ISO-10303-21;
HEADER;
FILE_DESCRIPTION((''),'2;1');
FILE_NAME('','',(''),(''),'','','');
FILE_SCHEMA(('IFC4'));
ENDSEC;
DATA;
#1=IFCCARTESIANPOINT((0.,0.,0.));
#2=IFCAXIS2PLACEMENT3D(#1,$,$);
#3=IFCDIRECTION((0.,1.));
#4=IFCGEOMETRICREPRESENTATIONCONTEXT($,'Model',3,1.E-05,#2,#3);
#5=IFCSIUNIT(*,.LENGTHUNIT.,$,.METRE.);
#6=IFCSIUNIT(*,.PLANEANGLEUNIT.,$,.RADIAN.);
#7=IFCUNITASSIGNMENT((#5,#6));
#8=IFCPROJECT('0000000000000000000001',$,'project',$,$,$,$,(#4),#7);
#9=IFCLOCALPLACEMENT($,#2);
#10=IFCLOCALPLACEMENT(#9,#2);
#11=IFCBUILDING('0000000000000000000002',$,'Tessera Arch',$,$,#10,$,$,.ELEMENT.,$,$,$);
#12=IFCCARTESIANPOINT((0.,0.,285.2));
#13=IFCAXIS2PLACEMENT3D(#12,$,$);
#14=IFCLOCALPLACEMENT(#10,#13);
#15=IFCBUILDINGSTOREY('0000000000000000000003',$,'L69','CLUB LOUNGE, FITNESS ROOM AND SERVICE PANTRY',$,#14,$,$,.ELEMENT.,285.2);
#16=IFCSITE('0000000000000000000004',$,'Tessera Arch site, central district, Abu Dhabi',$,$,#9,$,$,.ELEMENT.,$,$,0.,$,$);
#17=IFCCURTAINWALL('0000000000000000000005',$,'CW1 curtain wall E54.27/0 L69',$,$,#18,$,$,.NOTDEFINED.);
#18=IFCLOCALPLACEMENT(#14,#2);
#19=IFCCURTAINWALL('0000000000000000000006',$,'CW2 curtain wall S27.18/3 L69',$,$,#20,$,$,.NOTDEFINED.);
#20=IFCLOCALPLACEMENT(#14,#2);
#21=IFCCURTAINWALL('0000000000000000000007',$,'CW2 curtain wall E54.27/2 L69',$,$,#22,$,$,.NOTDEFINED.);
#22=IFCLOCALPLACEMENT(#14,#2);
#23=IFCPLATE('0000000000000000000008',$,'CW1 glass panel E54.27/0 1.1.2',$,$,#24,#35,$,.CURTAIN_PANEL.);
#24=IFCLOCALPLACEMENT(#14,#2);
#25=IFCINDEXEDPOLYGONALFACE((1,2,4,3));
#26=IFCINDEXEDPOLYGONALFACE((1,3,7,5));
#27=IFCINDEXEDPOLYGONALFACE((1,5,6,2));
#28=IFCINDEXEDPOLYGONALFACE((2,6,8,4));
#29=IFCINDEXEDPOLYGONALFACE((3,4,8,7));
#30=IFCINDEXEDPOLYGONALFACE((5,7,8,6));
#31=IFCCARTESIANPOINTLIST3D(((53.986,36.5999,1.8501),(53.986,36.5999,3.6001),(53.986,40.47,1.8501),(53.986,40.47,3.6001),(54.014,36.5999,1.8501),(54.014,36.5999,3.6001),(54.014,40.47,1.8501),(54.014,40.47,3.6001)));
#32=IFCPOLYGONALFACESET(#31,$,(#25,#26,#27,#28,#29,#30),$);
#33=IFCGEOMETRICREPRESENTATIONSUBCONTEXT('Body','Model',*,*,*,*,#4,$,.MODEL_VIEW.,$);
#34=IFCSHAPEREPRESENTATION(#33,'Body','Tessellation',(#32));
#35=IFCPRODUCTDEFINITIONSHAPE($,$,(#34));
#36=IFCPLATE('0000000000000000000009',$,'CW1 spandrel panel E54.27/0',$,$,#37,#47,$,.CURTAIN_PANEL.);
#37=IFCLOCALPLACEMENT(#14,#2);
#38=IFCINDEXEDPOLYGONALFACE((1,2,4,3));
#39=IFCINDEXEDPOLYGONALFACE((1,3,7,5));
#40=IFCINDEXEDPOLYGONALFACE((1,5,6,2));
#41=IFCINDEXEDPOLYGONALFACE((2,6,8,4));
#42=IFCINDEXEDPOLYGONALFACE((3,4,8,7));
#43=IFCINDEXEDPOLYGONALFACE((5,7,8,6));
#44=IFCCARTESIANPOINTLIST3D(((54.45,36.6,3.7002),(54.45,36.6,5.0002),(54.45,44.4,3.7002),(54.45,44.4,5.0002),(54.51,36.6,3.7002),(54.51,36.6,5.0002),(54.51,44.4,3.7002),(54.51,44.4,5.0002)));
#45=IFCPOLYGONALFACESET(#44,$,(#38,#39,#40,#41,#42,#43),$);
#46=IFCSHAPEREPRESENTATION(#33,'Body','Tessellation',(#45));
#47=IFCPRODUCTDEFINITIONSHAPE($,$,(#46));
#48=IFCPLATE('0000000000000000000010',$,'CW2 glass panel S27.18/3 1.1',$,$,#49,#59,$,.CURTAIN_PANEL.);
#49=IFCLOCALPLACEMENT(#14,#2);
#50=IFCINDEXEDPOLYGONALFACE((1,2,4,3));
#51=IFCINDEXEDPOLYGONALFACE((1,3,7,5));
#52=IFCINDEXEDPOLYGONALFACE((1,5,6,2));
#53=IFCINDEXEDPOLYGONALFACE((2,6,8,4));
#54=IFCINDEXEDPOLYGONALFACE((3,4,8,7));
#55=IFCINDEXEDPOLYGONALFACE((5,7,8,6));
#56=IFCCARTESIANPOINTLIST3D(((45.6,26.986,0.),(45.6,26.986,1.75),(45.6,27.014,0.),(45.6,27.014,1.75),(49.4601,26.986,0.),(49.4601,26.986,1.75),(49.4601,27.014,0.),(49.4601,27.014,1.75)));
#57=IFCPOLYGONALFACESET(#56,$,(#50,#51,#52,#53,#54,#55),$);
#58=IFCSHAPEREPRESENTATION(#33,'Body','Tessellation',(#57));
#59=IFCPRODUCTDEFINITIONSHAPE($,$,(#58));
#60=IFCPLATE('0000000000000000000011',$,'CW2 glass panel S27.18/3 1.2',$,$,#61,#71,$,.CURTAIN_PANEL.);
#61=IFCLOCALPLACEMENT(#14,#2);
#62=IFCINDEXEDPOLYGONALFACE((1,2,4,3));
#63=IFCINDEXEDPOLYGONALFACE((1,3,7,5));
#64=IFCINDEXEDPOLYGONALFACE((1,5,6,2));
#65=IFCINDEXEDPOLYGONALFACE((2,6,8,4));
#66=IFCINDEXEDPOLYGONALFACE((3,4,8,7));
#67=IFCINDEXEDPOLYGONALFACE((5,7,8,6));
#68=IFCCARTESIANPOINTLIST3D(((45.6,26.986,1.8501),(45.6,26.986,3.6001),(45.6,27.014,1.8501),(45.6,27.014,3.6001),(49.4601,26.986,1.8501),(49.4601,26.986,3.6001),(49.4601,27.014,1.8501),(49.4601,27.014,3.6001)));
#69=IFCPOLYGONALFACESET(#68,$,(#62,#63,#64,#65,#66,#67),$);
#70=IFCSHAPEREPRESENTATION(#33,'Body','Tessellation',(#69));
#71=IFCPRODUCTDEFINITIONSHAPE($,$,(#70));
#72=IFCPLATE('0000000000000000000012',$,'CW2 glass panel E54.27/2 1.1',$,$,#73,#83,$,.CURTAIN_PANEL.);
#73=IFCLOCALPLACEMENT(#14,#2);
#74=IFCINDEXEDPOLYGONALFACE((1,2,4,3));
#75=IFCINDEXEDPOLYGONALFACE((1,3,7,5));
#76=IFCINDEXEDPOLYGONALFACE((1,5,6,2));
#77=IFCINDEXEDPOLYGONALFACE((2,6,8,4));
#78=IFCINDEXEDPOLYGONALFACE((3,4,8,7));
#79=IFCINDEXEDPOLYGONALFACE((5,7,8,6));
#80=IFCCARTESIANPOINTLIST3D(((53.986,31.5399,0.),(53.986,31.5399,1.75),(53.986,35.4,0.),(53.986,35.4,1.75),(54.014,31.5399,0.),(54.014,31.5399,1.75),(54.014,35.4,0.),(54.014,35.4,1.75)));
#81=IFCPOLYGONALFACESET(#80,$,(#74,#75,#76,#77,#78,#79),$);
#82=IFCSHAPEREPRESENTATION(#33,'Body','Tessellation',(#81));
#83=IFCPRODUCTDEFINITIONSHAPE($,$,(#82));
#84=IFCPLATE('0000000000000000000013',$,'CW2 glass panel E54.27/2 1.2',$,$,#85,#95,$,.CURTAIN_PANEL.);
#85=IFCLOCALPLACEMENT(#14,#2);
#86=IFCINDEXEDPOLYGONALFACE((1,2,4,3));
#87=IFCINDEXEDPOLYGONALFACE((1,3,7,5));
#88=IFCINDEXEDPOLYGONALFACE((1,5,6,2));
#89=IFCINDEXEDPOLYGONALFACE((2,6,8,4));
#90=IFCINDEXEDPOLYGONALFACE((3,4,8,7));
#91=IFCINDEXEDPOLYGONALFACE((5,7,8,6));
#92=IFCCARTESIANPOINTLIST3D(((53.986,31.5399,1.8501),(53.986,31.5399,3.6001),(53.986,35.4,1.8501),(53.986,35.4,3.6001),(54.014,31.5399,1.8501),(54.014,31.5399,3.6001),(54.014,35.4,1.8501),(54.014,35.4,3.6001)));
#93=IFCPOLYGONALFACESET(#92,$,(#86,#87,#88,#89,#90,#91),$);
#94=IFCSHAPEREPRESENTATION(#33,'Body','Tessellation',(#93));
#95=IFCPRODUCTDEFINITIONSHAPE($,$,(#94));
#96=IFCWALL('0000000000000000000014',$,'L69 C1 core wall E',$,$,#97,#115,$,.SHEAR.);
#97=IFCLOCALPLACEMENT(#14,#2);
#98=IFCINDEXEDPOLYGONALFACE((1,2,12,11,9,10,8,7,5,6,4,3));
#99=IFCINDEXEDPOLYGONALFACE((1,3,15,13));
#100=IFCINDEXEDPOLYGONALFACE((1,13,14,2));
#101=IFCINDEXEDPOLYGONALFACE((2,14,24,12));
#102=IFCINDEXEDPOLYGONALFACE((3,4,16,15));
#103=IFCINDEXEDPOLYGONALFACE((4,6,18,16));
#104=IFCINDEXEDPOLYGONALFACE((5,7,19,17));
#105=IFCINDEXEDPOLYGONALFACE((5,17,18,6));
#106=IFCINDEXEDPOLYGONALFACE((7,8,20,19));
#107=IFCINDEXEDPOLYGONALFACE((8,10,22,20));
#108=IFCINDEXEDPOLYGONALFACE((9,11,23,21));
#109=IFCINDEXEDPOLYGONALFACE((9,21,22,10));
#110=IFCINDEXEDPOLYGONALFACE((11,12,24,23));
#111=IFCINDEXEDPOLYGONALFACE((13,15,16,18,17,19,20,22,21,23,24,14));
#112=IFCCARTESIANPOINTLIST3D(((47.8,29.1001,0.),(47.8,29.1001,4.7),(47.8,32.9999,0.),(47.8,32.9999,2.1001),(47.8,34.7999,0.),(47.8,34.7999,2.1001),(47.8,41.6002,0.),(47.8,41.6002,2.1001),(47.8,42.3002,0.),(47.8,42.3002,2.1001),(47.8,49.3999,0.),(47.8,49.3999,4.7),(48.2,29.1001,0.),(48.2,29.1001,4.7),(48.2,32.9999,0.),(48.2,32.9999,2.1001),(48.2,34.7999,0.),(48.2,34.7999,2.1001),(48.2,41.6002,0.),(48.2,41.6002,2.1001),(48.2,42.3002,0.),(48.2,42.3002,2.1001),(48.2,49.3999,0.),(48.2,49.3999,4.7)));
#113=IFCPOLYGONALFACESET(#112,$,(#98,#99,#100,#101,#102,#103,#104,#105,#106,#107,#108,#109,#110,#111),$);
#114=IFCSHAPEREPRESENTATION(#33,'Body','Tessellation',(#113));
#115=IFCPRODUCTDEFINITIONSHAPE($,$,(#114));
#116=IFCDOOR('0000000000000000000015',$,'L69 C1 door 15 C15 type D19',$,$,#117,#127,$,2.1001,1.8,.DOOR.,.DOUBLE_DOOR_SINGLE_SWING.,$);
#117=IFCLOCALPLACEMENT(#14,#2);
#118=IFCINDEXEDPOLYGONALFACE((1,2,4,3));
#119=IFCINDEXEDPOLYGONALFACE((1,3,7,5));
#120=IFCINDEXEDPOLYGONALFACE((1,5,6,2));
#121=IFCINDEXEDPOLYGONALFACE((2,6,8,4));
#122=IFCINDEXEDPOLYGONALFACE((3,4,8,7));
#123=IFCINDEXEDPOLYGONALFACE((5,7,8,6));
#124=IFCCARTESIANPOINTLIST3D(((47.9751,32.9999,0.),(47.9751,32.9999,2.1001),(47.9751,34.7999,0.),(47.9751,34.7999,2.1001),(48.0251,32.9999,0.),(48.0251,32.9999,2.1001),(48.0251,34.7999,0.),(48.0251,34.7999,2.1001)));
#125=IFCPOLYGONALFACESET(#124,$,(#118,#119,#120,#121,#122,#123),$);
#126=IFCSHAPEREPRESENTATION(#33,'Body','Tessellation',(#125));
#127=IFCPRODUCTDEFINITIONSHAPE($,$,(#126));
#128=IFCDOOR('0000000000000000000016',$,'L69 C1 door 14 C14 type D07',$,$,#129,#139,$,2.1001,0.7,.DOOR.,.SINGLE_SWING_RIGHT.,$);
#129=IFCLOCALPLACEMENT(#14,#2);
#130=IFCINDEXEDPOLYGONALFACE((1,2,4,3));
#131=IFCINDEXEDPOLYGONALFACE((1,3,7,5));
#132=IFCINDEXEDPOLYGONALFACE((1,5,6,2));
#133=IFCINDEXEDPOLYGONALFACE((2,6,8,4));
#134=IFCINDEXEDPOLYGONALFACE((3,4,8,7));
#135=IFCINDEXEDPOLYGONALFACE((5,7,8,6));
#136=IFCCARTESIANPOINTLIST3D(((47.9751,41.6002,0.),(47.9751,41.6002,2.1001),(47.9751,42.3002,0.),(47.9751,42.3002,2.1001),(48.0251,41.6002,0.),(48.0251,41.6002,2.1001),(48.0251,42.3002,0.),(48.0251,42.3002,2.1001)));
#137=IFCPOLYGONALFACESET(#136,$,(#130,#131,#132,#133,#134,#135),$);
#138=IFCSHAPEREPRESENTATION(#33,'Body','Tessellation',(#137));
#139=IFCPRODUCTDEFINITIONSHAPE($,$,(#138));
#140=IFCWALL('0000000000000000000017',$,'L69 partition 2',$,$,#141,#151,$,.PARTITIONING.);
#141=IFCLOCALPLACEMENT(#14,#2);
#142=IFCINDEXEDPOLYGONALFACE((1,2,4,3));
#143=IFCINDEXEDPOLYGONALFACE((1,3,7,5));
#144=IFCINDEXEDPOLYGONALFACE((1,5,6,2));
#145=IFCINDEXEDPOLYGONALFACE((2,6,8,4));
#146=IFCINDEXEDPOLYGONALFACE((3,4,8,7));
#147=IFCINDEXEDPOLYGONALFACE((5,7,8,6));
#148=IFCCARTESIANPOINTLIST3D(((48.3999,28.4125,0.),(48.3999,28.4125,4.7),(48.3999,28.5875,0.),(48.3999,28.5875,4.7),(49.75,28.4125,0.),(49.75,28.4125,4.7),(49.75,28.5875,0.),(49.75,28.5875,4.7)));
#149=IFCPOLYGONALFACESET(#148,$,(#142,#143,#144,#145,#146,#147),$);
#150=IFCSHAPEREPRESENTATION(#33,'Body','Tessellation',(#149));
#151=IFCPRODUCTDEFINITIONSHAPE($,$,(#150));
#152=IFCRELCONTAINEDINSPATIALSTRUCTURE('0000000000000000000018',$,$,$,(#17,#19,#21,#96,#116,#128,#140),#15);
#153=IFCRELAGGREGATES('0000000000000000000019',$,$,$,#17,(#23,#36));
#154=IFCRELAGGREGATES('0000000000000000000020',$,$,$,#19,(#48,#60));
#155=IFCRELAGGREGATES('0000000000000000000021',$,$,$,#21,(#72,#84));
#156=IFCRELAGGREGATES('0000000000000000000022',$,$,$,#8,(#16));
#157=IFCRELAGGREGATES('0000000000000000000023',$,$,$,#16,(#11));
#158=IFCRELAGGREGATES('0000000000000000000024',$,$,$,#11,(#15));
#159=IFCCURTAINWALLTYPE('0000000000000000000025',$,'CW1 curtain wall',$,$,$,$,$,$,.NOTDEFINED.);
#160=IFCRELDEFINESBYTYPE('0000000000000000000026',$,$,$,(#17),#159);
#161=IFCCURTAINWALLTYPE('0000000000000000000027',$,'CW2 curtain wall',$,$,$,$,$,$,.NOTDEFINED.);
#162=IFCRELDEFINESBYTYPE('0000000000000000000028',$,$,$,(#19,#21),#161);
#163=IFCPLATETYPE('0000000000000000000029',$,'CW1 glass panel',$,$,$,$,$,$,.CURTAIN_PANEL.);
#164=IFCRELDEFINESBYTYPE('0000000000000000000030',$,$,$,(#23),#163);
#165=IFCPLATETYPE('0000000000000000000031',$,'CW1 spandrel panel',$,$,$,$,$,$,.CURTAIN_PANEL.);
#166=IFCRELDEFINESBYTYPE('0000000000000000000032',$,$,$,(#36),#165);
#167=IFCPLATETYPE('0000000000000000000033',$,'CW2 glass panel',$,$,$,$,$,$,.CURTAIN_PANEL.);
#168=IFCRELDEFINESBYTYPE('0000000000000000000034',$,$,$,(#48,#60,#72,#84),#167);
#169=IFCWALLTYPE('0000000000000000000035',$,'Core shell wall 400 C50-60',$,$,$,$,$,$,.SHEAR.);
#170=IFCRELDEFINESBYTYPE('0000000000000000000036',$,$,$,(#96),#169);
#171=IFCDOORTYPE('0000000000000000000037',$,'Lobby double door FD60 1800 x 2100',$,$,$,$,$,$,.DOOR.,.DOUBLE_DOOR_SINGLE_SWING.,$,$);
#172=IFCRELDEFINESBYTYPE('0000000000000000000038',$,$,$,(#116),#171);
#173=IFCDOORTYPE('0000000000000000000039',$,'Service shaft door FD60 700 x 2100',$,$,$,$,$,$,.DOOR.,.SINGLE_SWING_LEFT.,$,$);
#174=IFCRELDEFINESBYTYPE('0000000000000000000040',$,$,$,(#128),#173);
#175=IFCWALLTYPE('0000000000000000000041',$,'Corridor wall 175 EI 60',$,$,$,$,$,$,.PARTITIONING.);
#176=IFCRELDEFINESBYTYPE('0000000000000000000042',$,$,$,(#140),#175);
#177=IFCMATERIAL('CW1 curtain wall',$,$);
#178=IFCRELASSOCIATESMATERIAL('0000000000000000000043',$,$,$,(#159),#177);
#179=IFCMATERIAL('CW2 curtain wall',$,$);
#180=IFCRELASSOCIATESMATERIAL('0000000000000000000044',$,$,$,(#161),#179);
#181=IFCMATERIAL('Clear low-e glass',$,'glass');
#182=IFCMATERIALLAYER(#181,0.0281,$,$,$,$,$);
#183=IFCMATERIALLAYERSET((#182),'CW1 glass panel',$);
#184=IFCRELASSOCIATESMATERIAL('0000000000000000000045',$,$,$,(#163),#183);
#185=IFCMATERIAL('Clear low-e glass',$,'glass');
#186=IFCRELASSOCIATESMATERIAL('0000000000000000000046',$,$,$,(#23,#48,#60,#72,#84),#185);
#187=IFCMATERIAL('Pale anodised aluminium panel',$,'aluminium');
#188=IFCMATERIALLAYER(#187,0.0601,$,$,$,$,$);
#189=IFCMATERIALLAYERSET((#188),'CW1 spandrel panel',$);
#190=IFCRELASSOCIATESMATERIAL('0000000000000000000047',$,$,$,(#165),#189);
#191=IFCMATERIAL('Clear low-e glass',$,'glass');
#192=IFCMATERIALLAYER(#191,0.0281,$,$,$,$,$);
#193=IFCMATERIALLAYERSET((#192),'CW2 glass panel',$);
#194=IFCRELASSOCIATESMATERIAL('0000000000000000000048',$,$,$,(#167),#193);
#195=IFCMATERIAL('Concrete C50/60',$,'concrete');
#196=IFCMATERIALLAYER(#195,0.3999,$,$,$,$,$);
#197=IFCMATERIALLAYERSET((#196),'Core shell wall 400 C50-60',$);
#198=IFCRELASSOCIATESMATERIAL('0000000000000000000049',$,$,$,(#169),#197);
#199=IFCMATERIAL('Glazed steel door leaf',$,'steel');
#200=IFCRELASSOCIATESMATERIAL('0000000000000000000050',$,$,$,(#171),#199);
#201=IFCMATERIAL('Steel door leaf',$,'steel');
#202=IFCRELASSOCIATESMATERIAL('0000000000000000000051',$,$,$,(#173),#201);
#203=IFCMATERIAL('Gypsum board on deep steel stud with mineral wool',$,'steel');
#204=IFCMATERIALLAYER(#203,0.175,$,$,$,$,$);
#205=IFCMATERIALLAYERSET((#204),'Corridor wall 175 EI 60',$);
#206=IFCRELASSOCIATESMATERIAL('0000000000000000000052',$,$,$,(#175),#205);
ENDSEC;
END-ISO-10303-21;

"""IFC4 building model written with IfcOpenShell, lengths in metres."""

from ifc_helpers import new_model, si_unit, direction, frame, frame_2d, origin, origin_2d, place, context, subcontext, project, spatial, rectangle, extrude, material, layer, layer_set, type_object, element, fill, aggregate, save


model = new_model("IFC4")

# Units and contexts
model_context = context("Model", 3, precision=1e-05, world=origin(), true_north=direction((0.0, 1.0)))
body_context = subcontext(model_context, "Body", "Model", "MODEL_VIEW")
ifc_project = project(units=[si_unit("LENGTHUNIT", "METRE"), si_unit("PLANEANGLEUNIT", "RADIAN")], contexts=[model_context])

# Site, building, storey
site_placement = place(None, origin())
site = spatial("IfcSite", under=ifc_project, at=site_placement, Name="Tessera Arch site, central district, Abu Dhabi", CompositionType="ELEMENT", RefElevation=0.0)
building_placement = place(site_placement, origin())
building = spatial("IfcBuilding", under=site, at=building_placement, Name="Tessera Arch", CompositionType="ELEMENT")
storey_placement = place(building_placement, frame((0.0, 0.0, 285.2)))
storey = spatial("IfcBuildingStorey", under=building, at=storey_placement, Name="L69", Description="CLUB LOUNGE, FITNESS ROOM AND SERVICE PANTRY", CompositionType="ELEMENT", Elevation=285.2)

# Curtain wall
ifc_material_1 = material(Name="CW1 curtain wall")
curtain_wall_type_1 = type_object("IfcCurtainWallType", Name="CW1 curtain wall", PredefinedType="NOTDEFINED", material=ifc_material_1)
curtain_wall_1_placement = place(storey_placement, origin())
curtain_wall_1 = element("IfcCurtainWall", 1, at=curtain_wall_1_placement, inside=storey, type_object=curtain_wall_type_1, Name="CW1 curtain wall E54.27/0 L69", PredefinedType="NOTDEFINED")

# Curtain walls
ifc_material_2 = material(Name="CW2 curtain wall")
curtain_wall_type_2 = type_object("IfcCurtainWallType", Name="CW2 curtain wall", PredefinedType="NOTDEFINED", material=ifc_material_2)
curtain_wall_2_placement = place(storey_placement, origin())
curtain_wall_2 = element("IfcCurtainWall", 2, at=curtain_wall_2_placement, inside=storey, type_object=curtain_wall_type_2, Name="CW2 curtain wall S27.18/3 L69", PredefinedType="NOTDEFINED")
curtain_wall_3_placement = place(storey_placement, origin())
curtain_wall_3 = element("IfcCurtainWall", 3, at=curtain_wall_3_placement, inside=storey, type_object=curtain_wall_type_2, Name="CW2 curtain wall E54.27/2 L69", PredefinedType="NOTDEFINED")

# Plates
ifc_material_3 = material(Name="Clear low-e glass", Category="glass")
ifc_material_4 = material(Name="Clear low-e glass", Category="glass")
ifc_layer_1 = layer(ifc_material_4, 0.0281)
ifc_layer_set_1 = layer_set([ifc_layer_1], Name="CW1 glass panel")
plate_type_1 = type_object("IfcPlateType", Name="CW1 glass panel", PredefinedType="CURTAIN_PANEL", material=ifc_layer_set_1)
plate_1_placement = place(storey_placement, frame((54.0, 38.5349, 1.8501), z_axis=(0.0, 0.0, 1.0), x_axis=(0.0, 1.0, 0.0)))
plate_1 = element("IfcPlate", 4, at=plate_1_placement, type_object=plate_type_1, material=ifc_material_3, Name="CW1 glass panel E54.27/0 1.1.2", PredefinedType="CURTAIN_PANEL", context=body_context, shape_type="SweptSolid", body=[
    extrude(rectangle(XDim=3.8701, YDim=0.0281, at=origin_2d()), origin(), (0.0, 0.0, 1.0), 1.75),
])
ifc_material_5 = material(Name="Pale anodised aluminium panel", Category="aluminium")
ifc_layer_2 = layer(ifc_material_5, 0.0601)
ifc_layer_set_2 = layer_set([ifc_layer_2], Name="CW1 spandrel panel")
plate_type_2 = type_object("IfcPlateType", Name="CW1 spandrel panel", PredefinedType="CURTAIN_PANEL", material=ifc_layer_set_2)
plate_2_placement = place(storey_placement, frame((54.48, 40.5, 3.7002), z_axis=(0.0, 0.0, 1.0), x_axis=(0.0, 1.0, 0.0)))
plate_2 = element("IfcPlate", 5, at=plate_2_placement, type_object=plate_type_2, Name="CW1 spandrel panel E54.27/0", PredefinedType="CURTAIN_PANEL", context=body_context, shape_type="SweptSolid", body=[
    extrude(rectangle(XDim=7.8, YDim=0.0601, at=origin_2d()), origin(), (0.0, 0.0, 1.0), 1.3),
])
aggregate(curtain_wall_1, [plate_1, plate_2])
ifc_material_6 = material(Name="Clear low-e glass", Category="glass")
ifc_layer_3 = layer(ifc_material_6, 0.0281)
ifc_layer_set_3 = layer_set([ifc_layer_3], Name="CW2 glass panel")
plate_type_3 = type_object("IfcPlateType", Name="CW2 glass panel", PredefinedType="CURTAIN_PANEL", material=ifc_layer_set_3)
plate_3_placement = place(storey_placement, frame((47.53, 27.0, 0.0), z_axis=(0.0, 0.0, 1.0), x_axis=(1.0, 0.0, 0.0)))
plate_3 = element("IfcPlate", 6, at=plate_3_placement, type_object=plate_type_3, material=ifc_material_3, Name="CW2 glass panel S27.18/3 1.1", PredefinedType="CURTAIN_PANEL", context=body_context, shape_type="SweptSolid", body=[
    extrude(rectangle(XDim=3.8601, YDim=0.0281, at=origin_2d()), origin(), (0.0, 0.0, 1.0), 1.75),
])
plate_4_placement = place(storey_placement, frame((47.53, 27.0, 1.8501), z_axis=(0.0, 0.0, 1.0), x_axis=(1.0, 0.0, 0.0)))
plate_4 = element("IfcPlate", 7, at=plate_4_placement, type_object=plate_type_3, material=ifc_material_3, Name="CW2 glass panel S27.18/3 1.2", PredefinedType="CURTAIN_PANEL", context=body_context, shape_type="SweptSolid", body=[
    extrude(rectangle(XDim=3.8601, YDim=0.0281, at=origin_2d()), origin(), (0.0, 0.0, 1.0), 1.75),
])
aggregate(curtain_wall_2, [plate_3, plate_4])
plate_5_placement = place(storey_placement, frame((54.0, 33.47, 0.0), z_axis=(0.0, 0.0, 1.0), x_axis=(0.0, 1.0, 0.0)))
plate_5 = element("IfcPlate", 8, at=plate_5_placement, type_object=plate_type_3, material=ifc_material_3, Name="CW2 glass panel E54.27/2 1.1", PredefinedType="CURTAIN_PANEL", context=body_context, shape_type="SweptSolid", body=[
    extrude(rectangle(XDim=3.8601, YDim=0.0281, at=origin_2d()), origin(), (0.0, 0.0, 1.0), 1.75),
])
plate_6_placement = place(storey_placement, frame((54.0, 33.47, 1.8501), z_axis=(0.0, 0.0, 1.0), x_axis=(0.0, 1.0, 0.0)))
plate_6 = element("IfcPlate", 9, at=plate_6_placement, type_object=plate_type_3, material=ifc_material_3, Name="CW2 glass panel E54.27/2 1.2", PredefinedType="CURTAIN_PANEL", context=body_context, shape_type="SweptSolid", body=[
    extrude(rectangle(XDim=3.8601, YDim=0.0281, at=origin_2d()), origin(), (0.0, 0.0, 1.0), 1.75),
])
aggregate(curtain_wall_3, [plate_5, plate_6])

# Wall, openings, doors
ifc_material_7 = material(Name="Concrete C50/60", Category="concrete")
ifc_layer_4 = layer(ifc_material_7, 0.3999)
ifc_layer_set_4 = layer_set([ifc_layer_4], Name="Core shell wall 400 C50-60")
wall_type_1 = type_object("IfcWallType", Name="Core shell wall 400 C50-60", PredefinedType="SHEAR", material=ifc_layer_set_4)
wall_1_placement = place(storey_placement, frame((48.0, 29.1001, 0.0), z_axis=(0.0, 0.0, 1.0), x_axis=(0.0, 1.0, 0.0)))
wall_1 = element("IfcWall", 10, at=wall_1_placement, inside=storey, type_object=wall_type_1, Name="L69 C1 core wall E", PredefinedType="SHEAR", context=body_context, shape_type="SweptSolid", body=[
    extrude(rectangle(XDim=20.2998, YDim=0.3999, at=frame_2d((10.1499, 0.0))), origin(), (0.0, 0.0, 1.0), 4.7),
])
opening_1_placement = place(wall_1_placement, frame((12.5, 0.0, 0.0)))
opening_1 = element("IfcOpeningElement", 11, at=opening_1_placement, cuts=wall_1, PredefinedType="OPENING", context=body_context, shape_type="SweptSolid", body=[
    extrude(rectangle(XDim=0.7, YDim=2.1001, at=frame_2d((0.3501, 1.05))), frame((0.0, 0.21, 0.0), z_axis=(0.0, -1.0, 0.0), x_axis=(1.0, 0.0, 0.0)), (0.0, 0.0, 1.0), 0.4199),
])
opening_2_placement = place(wall_1_placement, frame((3.8999, 0.0, 0.0)))
opening_2 = element("IfcOpeningElement", 12, at=opening_2_placement, cuts=wall_1, PredefinedType="OPENING", context=body_context, shape_type="SweptSolid", body=[
    extrude(rectangle(XDim=1.8, YDim=2.1001, at=frame_2d((0.8999, 1.05))), frame((0.0, 0.21, 0.0), z_axis=(0.0, -1.0, 0.0), x_axis=(1.0, 0.0, 0.0)), (0.0, 0.0, 1.0), 0.4199),
])
ifc_material_8 = material(Name="Glazed steel door leaf", Category="steel")
door_type_1 = type_object("IfcDoorType", Name="Lobby double door FD60 1800 x 2100", OperationType="DOUBLE_DOOR_SINGLE_SWING", PredefinedType="DOOR", material=ifc_material_8)
door_1_placement = place(opening_2_placement, origin())
door_1 = element("IfcDoor", 13, at=door_1_placement, inside=storey, type_object=door_type_1, Name="L69 C1 door 15 C15 type D19", OperationType="DOUBLE_DOOR_SINGLE_SWING", OverallHeight=2.1001, OverallWidth=1.8, PredefinedType="DOOR", context=body_context, shape_type="SweptSolid", body=[
    extrude(rectangle(XDim=1.8, YDim=2.1001, at=frame_2d((0.8999, 1.05))), frame((0.0, 0.0249, 0.0), z_axis=(0.0, -1.0, 0.0), x_axis=(1.0, 0.0, 0.0)), (0.0, 0.0, 1.0), 0.05),
])
fill(opening_2, door_1)
ifc_material_9 = material(Name="Steel door leaf", Category="steel")
door_type_2 = type_object("IfcDoorType", Name="Service shaft door FD60 700 x 2100", OperationType="SINGLE_SWING_LEFT", PredefinedType="DOOR", material=ifc_material_9)
door_2_placement = place(opening_1_placement, origin())
door_2 = element("IfcDoor", 14, at=door_2_placement, inside=storey, type_object=door_type_2, Name="L69 C1 door 14 C14 type D07", OperationType="SINGLE_SWING_RIGHT", OverallHeight=2.1001, OverallWidth=0.7, PredefinedType="DOOR", context=body_context, shape_type="SweptSolid", body=[
    extrude(rectangle(XDim=0.7, YDim=2.1001, at=frame_2d((0.3501, 1.05))), frame((0.0, 0.0249, 0.0), z_axis=(0.0, -1.0, 0.0), x_axis=(1.0, 0.0, 0.0)), (0.0, 0.0, 1.0), 0.05),
])
fill(opening_1, door_2)

# Wall
ifc_material_10 = material(Name="Gypsum board on deep steel stud with mineral wool", Category="steel")
ifc_layer_5 = layer(ifc_material_10, 0.175)
ifc_layer_set_5 = layer_set([ifc_layer_5], Name="Corridor wall 175 EI 60")
wall_type_2 = type_object("IfcWallType", Name="Corridor wall 175 EI 60", PredefinedType="PARTITIONING", material=ifc_layer_set_5)
wall_2_placement = place(storey_placement, frame((48.3999, 28.5, 0.0), z_axis=(0.0, 0.0, 1.0), x_axis=(1.0, 0.0, 0.0)))
element("IfcWall", 15, at=wall_2_placement, inside=storey, type_object=wall_type_2, Name="L69 partition 2", PredefinedType="PARTITIONING", context=body_context, shape_type="SweptSolid", body=[
    extrude(rectangle(XDim=1.3501, YDim=0.175, at=frame_2d((0.675, 0.0))), origin(), (0.0, 0.0, 1.0), 4.7),
])

save(model, "model.ifc")
